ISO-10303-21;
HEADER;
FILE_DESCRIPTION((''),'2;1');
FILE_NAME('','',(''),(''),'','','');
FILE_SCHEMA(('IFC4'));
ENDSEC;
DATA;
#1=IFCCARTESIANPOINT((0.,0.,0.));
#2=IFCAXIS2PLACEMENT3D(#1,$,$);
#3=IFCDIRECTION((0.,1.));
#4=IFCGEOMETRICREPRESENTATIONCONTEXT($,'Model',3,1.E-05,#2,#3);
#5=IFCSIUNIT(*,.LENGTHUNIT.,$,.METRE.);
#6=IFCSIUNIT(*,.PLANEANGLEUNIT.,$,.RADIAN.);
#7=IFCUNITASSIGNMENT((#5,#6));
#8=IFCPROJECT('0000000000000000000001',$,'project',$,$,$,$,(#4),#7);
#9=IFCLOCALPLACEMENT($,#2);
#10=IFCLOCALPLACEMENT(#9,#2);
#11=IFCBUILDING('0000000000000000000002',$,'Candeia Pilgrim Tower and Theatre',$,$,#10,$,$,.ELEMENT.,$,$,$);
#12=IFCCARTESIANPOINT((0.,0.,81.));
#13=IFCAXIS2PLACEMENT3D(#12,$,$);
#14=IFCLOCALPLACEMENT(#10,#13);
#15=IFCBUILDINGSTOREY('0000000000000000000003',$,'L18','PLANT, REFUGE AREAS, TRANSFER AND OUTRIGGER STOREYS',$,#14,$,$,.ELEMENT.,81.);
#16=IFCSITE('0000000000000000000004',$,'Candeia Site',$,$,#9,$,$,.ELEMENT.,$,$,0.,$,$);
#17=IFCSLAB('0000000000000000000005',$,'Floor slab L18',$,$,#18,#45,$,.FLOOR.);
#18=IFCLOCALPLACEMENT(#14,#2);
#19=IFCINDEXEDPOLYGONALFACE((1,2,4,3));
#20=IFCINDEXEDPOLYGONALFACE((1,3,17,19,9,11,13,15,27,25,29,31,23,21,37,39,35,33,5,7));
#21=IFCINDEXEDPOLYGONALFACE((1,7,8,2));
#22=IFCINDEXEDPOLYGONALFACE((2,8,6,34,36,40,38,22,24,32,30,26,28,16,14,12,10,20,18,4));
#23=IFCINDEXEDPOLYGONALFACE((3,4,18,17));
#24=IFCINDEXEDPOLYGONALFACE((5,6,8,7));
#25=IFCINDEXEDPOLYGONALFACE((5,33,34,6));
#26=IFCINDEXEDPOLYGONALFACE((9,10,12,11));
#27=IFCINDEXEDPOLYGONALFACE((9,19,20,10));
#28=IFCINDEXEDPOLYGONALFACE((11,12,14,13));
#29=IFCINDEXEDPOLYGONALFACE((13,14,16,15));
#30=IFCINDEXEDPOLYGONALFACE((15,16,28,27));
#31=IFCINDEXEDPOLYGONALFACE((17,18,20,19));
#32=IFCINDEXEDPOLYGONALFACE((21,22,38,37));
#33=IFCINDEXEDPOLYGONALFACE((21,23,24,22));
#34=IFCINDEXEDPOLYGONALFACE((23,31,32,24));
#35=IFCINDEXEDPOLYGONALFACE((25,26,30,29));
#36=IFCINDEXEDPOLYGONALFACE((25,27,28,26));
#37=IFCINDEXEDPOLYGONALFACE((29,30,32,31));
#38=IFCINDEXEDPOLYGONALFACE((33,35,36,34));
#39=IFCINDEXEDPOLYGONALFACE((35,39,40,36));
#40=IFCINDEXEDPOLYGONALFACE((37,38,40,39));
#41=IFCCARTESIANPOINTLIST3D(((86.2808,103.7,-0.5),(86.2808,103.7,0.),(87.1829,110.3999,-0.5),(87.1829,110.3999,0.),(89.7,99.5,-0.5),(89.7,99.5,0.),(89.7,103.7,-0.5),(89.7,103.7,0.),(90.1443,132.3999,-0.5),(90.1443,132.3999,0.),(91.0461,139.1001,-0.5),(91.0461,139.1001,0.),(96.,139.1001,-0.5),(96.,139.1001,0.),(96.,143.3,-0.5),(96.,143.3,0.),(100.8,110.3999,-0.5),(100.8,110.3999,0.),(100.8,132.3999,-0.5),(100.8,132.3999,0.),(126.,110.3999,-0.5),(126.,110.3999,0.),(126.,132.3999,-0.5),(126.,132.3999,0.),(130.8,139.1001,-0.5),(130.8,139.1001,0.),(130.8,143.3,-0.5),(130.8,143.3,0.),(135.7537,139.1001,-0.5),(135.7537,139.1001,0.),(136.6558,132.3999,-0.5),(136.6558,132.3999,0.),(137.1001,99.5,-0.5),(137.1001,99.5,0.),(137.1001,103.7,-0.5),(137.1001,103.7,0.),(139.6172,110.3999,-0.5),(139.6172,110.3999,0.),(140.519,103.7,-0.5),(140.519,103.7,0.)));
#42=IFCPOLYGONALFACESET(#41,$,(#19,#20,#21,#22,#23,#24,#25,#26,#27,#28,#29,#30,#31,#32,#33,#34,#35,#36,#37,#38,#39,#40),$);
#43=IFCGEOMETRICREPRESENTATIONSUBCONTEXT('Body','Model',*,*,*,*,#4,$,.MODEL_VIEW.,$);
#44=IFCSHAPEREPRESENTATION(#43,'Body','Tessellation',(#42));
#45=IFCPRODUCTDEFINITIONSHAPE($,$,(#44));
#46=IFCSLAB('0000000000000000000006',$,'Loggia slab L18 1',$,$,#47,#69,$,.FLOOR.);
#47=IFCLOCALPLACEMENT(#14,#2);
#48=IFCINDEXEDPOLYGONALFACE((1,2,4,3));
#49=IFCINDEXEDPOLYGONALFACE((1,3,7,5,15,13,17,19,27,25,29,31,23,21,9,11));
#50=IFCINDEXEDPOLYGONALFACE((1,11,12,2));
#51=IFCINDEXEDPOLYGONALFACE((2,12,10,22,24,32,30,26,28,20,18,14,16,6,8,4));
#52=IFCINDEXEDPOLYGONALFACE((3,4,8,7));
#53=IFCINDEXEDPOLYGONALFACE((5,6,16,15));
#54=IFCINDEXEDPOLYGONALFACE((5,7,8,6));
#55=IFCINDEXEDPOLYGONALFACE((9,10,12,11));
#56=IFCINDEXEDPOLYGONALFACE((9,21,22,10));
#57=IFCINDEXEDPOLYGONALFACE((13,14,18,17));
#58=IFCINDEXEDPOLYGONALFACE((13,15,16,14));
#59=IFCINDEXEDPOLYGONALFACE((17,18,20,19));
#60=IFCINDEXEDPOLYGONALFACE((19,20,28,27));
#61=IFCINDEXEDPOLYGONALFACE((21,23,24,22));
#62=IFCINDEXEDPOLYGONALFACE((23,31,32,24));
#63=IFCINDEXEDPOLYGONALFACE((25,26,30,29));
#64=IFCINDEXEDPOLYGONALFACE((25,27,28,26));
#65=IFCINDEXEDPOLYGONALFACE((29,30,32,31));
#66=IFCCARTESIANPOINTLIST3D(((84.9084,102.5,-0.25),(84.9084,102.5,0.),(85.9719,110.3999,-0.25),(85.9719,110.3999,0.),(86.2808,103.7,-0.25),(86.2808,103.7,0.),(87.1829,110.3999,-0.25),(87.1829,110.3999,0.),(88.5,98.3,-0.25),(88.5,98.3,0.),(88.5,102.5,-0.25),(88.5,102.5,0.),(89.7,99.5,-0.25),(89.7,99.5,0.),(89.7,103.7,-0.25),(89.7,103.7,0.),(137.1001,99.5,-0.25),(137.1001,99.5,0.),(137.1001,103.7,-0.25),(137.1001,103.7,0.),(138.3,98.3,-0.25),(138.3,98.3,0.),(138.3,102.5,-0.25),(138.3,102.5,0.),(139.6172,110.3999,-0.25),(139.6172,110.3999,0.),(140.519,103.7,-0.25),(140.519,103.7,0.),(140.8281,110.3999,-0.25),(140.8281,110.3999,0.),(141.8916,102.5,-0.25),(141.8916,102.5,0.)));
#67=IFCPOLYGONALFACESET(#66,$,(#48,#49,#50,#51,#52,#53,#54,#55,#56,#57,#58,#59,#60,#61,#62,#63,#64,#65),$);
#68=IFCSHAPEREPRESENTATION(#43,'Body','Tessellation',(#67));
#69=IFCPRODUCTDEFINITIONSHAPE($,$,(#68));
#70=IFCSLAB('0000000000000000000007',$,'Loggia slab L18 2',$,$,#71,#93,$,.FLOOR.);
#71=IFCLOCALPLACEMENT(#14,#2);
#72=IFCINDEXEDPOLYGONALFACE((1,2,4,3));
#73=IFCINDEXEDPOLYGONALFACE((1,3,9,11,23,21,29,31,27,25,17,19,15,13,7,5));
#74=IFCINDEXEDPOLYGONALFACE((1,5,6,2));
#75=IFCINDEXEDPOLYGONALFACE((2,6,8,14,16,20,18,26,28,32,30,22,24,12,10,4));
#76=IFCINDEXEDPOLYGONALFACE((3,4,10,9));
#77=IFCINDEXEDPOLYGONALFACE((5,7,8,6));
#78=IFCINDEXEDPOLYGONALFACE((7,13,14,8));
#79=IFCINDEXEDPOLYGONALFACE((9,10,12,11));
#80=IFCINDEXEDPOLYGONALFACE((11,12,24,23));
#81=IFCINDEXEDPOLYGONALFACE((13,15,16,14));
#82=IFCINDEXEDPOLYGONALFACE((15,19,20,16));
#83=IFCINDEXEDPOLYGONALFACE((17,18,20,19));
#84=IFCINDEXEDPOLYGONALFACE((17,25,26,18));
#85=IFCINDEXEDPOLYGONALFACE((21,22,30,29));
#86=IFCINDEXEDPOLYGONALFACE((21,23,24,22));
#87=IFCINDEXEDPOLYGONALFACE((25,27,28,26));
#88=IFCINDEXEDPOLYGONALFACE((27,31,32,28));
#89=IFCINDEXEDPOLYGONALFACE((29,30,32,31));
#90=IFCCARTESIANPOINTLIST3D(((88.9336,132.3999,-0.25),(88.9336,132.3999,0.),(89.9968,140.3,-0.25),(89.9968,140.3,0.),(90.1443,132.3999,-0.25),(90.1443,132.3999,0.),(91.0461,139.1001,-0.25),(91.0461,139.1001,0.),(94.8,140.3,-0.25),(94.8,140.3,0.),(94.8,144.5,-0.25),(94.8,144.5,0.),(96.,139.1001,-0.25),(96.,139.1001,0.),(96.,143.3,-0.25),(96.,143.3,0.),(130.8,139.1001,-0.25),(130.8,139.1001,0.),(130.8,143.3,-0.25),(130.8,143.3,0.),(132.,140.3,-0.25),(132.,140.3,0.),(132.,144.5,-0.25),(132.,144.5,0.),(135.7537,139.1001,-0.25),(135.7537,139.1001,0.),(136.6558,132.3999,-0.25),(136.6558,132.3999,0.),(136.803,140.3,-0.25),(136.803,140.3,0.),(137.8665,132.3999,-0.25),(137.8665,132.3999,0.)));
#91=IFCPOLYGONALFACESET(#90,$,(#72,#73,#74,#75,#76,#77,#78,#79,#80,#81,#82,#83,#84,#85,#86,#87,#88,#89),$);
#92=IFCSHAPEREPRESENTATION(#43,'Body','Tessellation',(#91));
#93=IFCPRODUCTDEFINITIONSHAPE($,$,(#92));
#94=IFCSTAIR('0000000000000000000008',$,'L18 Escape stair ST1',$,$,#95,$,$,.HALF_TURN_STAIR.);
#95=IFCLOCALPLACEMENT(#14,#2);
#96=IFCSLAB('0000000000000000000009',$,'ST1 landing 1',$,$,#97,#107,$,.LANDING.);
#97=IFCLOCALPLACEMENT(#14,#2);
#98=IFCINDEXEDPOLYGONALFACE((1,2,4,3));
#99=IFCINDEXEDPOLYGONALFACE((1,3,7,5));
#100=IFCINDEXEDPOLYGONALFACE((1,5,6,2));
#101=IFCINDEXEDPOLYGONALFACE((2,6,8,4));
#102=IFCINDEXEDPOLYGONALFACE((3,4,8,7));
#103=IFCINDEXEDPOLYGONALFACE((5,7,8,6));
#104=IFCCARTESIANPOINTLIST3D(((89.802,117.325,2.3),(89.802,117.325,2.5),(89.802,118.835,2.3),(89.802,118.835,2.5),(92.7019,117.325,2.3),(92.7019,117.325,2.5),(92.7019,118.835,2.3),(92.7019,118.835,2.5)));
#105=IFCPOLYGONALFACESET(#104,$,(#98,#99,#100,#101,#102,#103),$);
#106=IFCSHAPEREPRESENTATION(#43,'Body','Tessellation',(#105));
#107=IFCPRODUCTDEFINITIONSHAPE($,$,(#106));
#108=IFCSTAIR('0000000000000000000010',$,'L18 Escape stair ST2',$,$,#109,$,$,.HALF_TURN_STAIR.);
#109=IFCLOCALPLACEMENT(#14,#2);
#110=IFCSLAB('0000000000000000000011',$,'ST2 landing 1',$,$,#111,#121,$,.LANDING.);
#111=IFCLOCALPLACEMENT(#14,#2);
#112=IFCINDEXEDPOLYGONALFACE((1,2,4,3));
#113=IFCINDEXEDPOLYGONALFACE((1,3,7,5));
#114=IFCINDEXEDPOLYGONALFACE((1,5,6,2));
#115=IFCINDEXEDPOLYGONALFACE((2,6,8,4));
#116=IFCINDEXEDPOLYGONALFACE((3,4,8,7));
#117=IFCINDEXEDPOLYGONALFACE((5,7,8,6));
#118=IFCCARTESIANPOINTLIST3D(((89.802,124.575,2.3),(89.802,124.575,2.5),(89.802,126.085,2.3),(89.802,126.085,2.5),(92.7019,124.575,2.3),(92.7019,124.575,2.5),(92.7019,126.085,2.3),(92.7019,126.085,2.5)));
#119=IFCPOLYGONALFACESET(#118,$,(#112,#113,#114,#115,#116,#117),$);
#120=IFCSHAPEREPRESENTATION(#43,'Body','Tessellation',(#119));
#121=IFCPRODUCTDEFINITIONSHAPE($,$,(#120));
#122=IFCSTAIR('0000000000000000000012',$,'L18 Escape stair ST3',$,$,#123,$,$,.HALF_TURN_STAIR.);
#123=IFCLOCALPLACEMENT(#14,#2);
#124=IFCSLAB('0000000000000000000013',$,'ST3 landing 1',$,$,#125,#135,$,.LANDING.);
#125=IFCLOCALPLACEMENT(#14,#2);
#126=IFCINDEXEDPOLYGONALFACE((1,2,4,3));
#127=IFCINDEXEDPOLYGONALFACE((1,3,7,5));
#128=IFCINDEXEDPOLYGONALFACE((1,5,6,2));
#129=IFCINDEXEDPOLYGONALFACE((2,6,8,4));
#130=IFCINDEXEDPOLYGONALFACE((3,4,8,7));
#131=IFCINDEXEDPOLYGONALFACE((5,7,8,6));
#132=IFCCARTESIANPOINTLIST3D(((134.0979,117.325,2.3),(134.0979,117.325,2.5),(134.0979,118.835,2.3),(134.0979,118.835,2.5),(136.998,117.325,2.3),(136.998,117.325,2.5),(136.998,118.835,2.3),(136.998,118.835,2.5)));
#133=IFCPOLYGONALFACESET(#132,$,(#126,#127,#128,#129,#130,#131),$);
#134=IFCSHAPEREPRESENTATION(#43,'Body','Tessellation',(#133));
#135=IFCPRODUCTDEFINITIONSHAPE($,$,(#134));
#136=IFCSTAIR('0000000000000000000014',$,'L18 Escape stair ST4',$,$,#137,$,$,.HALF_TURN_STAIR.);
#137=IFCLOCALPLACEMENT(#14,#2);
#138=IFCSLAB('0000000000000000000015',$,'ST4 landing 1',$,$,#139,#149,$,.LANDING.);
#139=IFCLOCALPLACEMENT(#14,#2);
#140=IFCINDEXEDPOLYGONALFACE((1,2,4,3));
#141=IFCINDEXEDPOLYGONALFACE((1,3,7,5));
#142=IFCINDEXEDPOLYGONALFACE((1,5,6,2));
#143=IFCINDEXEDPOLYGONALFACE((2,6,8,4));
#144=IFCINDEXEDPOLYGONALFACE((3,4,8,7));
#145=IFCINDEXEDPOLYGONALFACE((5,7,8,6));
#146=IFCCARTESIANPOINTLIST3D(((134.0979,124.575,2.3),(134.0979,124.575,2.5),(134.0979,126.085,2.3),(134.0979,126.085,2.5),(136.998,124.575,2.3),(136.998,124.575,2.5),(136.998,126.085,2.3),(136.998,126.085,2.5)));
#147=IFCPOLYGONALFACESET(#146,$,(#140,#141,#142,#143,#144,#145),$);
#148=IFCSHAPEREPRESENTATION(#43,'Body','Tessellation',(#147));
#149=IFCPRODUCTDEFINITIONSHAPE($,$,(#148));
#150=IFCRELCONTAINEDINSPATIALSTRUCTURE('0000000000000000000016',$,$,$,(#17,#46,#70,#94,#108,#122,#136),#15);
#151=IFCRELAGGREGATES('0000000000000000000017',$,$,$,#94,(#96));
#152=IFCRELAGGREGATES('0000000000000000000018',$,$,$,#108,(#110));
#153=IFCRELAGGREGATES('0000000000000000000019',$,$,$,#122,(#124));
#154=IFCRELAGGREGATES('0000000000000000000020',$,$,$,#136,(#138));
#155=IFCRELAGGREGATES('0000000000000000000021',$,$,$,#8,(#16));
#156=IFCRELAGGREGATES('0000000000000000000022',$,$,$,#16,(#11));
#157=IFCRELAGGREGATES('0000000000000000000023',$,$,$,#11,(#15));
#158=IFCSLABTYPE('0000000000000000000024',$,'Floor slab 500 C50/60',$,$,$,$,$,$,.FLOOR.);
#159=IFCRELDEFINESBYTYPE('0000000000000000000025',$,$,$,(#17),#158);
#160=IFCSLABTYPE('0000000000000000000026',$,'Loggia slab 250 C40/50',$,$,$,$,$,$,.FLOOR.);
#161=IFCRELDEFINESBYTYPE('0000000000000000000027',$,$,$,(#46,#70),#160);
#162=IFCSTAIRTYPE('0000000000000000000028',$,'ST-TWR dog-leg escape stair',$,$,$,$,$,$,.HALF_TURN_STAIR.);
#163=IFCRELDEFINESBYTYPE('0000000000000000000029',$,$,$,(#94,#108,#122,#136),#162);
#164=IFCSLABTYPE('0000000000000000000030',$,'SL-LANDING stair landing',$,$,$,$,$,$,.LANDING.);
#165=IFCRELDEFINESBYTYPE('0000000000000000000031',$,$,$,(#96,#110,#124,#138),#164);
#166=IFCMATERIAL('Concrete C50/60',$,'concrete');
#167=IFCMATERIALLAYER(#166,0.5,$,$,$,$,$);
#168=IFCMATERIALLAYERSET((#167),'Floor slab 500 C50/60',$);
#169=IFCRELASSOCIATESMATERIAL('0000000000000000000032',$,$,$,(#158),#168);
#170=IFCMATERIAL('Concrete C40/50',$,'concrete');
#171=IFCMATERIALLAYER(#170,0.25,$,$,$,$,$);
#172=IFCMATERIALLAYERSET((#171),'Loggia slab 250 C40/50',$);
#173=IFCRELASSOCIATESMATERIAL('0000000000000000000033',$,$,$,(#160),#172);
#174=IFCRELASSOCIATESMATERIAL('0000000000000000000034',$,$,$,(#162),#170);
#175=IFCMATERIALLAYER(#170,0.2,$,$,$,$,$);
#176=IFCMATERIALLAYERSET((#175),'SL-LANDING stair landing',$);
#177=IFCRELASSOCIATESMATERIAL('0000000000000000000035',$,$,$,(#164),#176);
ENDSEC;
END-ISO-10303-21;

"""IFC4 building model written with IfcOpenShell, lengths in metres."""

from ifc_helpers import new_model, si_unit, direction, frame, origin, place, context, subcontext, project, spatial, polyline, outline, extrude, material, layer, layer_set, type_object, element, aggregate, save


model = new_model("IFC4")

# Units and contexts
model_context = context("Model", 3, precision=1e-05, world=origin(), true_north=direction((0.0, 1.0)))
body_context = subcontext(model_context, "Body", "Model", "MODEL_VIEW")
ifc_project = project(units=[si_unit("LENGTHUNIT", "METRE"), si_unit("PLANEANGLEUNIT", "RADIAN")], contexts=[model_context])

# Site, building, storey
site_placement = place(None, origin())
site = spatial("IfcSite", under=ifc_project, at=site_placement, Name="Candeia Site", CompositionType="ELEMENT", RefElevation=0.0)
building_placement = place(site_placement, origin())
building = spatial("IfcBuilding", under=site, at=building_placement, Name="Candeia Pilgrim Tower and Theatre", CompositionType="ELEMENT")
storey_placement = place(building_placement, frame((0.0, 0.0, 81.0)))
storey = spatial("IfcBuildingStorey", under=building, at=storey_placement, Name="L18", Description="PLANT, REFUGE AREAS, TRANSFER AND OUTRIGGER STOREYS", CompositionType="ELEMENT", Elevation=81.0)

# Slabs
ifc_material_1 = material(Name="Concrete C50/60", Category="concrete")
ifc_layer_1 = layer(ifc_material_1, 0.5)
ifc_layer_set_1 = layer_set([ifc_layer_1], Name="Floor slab 500 C50/60")
slab_type_1 = type_object("IfcSlabType", Name="Floor slab 500 C50/60", PredefinedType="FLOOR", material=ifc_layer_set_1)
slab_1_placement = place(storey_placement, frame((0.0, 0.0, -0.5)))
element("IfcSlab", 1, at=slab_1_placement, inside=storey, type_object=slab_type_1, Name="Floor slab L18", PredefinedType="FLOOR", context=body_context, shape_type="SweptSolid", body=[
    extrude(outline(polyline([(96.0, 139.1001), (96.0, 143.3), (130.8, 143.3), (130.8, 139.1001), (135.7537, 139.1001), (136.6558, 132.3999), (126.0, 132.3999), (126.0, 110.3999), (139.6172, 110.3999), (140.519, 103.7), (137.1001, 103.7), (137.1001, 99.5), (89.7, 99.5), (89.7, 103.7), (86.2808, 103.7), (87.1829, 110.3999), (100.8, 110.3999), (100.8, 132.3999), (90.1443, 132.3999), (91.0461, 139.1001), (96.0, 139.1001)])), origin(), (0.0, 0.0, 1.0), 0.5),
])
ifc_material_2 = material(Name="Concrete C40/50", Category="concrete")
ifc_layer_2 = layer(ifc_material_2, 0.25)
ifc_layer_set_2 = layer_set([ifc_layer_2], Name="Loggia slab 250 C40/50")
slab_type_2 = type_object("IfcSlabType", Name="Loggia slab 250 C40/50", PredefinedType="FLOOR", material=ifc_layer_set_2)
slab_2_placement = place(storey_placement, frame((0.0, 0.0, -0.25)))
element("IfcSlab", 2, at=slab_2_placement, inside=storey, type_object=slab_type_2, Name="Loggia slab L18 1", PredefinedType="FLOOR", context=body_context, shape_type="SweptSolid", body=[
    extrude(outline(polyline([(87.1829, 110.3999), (86.2808, 103.7), (89.7, 103.7), (89.7, 99.5), (137.1001, 99.5), (137.1001, 103.7), (140.519, 103.7), (139.6172, 110.3999), (140.8281, 110.3999), (141.8916, 102.5), (138.3, 102.5), (138.3, 98.3), (88.5, 98.3), (88.5, 102.5), (84.9084, 102.5), (85.9719, 110.3999), (87.1829, 110.3999)])), origin(), (0.0, 0.0, 1.0), 0.25),
])
slab_3_placement = place(storey_placement, frame((0.0, 0.0, -0.25)))
element("IfcSlab", 3, at=slab_3_placement, inside=storey, type_object=slab_type_2, Name="Loggia slab L18 2", PredefinedType="FLOOR", context=body_context, shape_type="SweptSolid", body=[
    extrude(outline(polyline([(136.6558, 132.3999), (135.7537, 139.1001), (130.8, 139.1001), (130.8, 143.3), (96.0, 143.3), (96.0, 139.1001), (91.0461, 139.1001), (90.1443, 132.3999), (88.9336, 132.3999), (89.9968, 140.3), (94.8, 140.3), (94.8, 144.5), (132.0, 144.5), (132.0, 140.3), (136.803, 140.3), (137.8665, 132.3999), (136.6558, 132.3999)])), origin(), (0.0, 0.0, 1.0), 0.25),
])

# Stairs, slabs
stair_type = type_object("IfcStairType", Name="ST-TWR dog-leg escape stair", PredefinedType="HALF_TURN_STAIR", material=ifc_material_2)
stair_1_placement = place(storey_placement, origin())
stair_1 = element("IfcStair", 4, at=stair_1_placement, inside=storey, type_object=stair_type, Name="L18 Escape stair ST1", PredefinedType="HALF_TURN_STAIR")
ifc_layer_3 = layer(ifc_material_2, 0.2)
ifc_layer_set_3 = layer_set([ifc_layer_3], Name="SL-LANDING stair landing")
slab_type_3 = type_object("IfcSlabType", Name="SL-LANDING stair landing", PredefinedType="LANDING", material=ifc_layer_set_3)
slab_4_placement = place(storey_placement, frame((0.0, 0.0, 2.3)))
slab_4 = element("IfcSlab", 5, at=slab_4_placement, type_object=slab_type_3, Name="ST1 landing 1", PredefinedType="LANDING", context=body_context, shape_type="SweptSolid", body=[
    extrude(outline(polyline([(89.802, 118.835), (89.802, 117.325), (92.7019, 117.325), (92.7019, 118.835), (89.802, 118.835)])), origin(), (0.0, 0.0, 1.0), 0.2),
])
aggregate(stair_1, [slab_4])
stair_2_placement = place(storey_placement, origin())
stair_2 = element("IfcStair", 6, at=stair_2_placement, inside=storey, type_object=stair_type, Name="L18 Escape stair ST2", PredefinedType="HALF_TURN_STAIR")
slab_5_placement = place(storey_placement, frame((0.0, 0.0, 2.3)))
slab_5 = element("IfcSlab", 7, at=slab_5_placement, type_object=slab_type_3, Name="ST2 landing 1", PredefinedType="LANDING", context=body_context, shape_type="SweptSolid", body=[
    extrude(outline(polyline([(89.802, 126.085), (89.802, 124.575), (92.7019, 124.575), (92.7019, 126.085), (89.802, 126.085)])), origin(), (0.0, 0.0, 1.0), 0.2),
])
aggregate(stair_2, [slab_5])
stair_3_placement = place(storey_placement, origin())
stair_3 = element("IfcStair", 8, at=stair_3_placement, inside=storey, type_object=stair_type, Name="L18 Escape stair ST3", PredefinedType="HALF_TURN_STAIR")
slab_6_placement = place(storey_placement, frame((0.0, 0.0, 2.3)))
slab_6 = element("IfcSlab", 9, at=slab_6_placement, type_object=slab_type_3, Name="ST3 landing 1", PredefinedType="LANDING", context=body_context, shape_type="SweptSolid", body=[
    extrude(outline(polyline([(134.0979, 118.835), (134.0979, 117.325), (136.998, 117.325), (136.998, 118.835), (134.0979, 118.835)])), origin(), (0.0, 0.0, 1.0), 0.2),
])
aggregate(stair_3, [slab_6])
stair_4_placement = place(storey_placement, origin())
stair_4 = element("IfcStair", 10, at=stair_4_placement, inside=storey, type_object=stair_type, Name="L18 Escape stair ST4", PredefinedType="HALF_TURN_STAIR")
slab_7_placement = place(storey_placement, frame((0.0, 0.0, 2.3)))
slab_7 = element("IfcSlab", 11, at=slab_7_placement, type_object=slab_type_3, Name="ST4 landing 1", PredefinedType="LANDING", context=body_context, shape_type="SweptSolid", body=[
    extrude(outline(polyline([(134.0979, 126.085), (134.0979, 124.575), (136.998, 124.575), (136.998, 126.085), (134.0979, 126.085)])), origin(), (0.0, 0.0, 1.0), 0.2),
])
aggregate(stair_4, [slab_7])

save(model, "model.ifc")
